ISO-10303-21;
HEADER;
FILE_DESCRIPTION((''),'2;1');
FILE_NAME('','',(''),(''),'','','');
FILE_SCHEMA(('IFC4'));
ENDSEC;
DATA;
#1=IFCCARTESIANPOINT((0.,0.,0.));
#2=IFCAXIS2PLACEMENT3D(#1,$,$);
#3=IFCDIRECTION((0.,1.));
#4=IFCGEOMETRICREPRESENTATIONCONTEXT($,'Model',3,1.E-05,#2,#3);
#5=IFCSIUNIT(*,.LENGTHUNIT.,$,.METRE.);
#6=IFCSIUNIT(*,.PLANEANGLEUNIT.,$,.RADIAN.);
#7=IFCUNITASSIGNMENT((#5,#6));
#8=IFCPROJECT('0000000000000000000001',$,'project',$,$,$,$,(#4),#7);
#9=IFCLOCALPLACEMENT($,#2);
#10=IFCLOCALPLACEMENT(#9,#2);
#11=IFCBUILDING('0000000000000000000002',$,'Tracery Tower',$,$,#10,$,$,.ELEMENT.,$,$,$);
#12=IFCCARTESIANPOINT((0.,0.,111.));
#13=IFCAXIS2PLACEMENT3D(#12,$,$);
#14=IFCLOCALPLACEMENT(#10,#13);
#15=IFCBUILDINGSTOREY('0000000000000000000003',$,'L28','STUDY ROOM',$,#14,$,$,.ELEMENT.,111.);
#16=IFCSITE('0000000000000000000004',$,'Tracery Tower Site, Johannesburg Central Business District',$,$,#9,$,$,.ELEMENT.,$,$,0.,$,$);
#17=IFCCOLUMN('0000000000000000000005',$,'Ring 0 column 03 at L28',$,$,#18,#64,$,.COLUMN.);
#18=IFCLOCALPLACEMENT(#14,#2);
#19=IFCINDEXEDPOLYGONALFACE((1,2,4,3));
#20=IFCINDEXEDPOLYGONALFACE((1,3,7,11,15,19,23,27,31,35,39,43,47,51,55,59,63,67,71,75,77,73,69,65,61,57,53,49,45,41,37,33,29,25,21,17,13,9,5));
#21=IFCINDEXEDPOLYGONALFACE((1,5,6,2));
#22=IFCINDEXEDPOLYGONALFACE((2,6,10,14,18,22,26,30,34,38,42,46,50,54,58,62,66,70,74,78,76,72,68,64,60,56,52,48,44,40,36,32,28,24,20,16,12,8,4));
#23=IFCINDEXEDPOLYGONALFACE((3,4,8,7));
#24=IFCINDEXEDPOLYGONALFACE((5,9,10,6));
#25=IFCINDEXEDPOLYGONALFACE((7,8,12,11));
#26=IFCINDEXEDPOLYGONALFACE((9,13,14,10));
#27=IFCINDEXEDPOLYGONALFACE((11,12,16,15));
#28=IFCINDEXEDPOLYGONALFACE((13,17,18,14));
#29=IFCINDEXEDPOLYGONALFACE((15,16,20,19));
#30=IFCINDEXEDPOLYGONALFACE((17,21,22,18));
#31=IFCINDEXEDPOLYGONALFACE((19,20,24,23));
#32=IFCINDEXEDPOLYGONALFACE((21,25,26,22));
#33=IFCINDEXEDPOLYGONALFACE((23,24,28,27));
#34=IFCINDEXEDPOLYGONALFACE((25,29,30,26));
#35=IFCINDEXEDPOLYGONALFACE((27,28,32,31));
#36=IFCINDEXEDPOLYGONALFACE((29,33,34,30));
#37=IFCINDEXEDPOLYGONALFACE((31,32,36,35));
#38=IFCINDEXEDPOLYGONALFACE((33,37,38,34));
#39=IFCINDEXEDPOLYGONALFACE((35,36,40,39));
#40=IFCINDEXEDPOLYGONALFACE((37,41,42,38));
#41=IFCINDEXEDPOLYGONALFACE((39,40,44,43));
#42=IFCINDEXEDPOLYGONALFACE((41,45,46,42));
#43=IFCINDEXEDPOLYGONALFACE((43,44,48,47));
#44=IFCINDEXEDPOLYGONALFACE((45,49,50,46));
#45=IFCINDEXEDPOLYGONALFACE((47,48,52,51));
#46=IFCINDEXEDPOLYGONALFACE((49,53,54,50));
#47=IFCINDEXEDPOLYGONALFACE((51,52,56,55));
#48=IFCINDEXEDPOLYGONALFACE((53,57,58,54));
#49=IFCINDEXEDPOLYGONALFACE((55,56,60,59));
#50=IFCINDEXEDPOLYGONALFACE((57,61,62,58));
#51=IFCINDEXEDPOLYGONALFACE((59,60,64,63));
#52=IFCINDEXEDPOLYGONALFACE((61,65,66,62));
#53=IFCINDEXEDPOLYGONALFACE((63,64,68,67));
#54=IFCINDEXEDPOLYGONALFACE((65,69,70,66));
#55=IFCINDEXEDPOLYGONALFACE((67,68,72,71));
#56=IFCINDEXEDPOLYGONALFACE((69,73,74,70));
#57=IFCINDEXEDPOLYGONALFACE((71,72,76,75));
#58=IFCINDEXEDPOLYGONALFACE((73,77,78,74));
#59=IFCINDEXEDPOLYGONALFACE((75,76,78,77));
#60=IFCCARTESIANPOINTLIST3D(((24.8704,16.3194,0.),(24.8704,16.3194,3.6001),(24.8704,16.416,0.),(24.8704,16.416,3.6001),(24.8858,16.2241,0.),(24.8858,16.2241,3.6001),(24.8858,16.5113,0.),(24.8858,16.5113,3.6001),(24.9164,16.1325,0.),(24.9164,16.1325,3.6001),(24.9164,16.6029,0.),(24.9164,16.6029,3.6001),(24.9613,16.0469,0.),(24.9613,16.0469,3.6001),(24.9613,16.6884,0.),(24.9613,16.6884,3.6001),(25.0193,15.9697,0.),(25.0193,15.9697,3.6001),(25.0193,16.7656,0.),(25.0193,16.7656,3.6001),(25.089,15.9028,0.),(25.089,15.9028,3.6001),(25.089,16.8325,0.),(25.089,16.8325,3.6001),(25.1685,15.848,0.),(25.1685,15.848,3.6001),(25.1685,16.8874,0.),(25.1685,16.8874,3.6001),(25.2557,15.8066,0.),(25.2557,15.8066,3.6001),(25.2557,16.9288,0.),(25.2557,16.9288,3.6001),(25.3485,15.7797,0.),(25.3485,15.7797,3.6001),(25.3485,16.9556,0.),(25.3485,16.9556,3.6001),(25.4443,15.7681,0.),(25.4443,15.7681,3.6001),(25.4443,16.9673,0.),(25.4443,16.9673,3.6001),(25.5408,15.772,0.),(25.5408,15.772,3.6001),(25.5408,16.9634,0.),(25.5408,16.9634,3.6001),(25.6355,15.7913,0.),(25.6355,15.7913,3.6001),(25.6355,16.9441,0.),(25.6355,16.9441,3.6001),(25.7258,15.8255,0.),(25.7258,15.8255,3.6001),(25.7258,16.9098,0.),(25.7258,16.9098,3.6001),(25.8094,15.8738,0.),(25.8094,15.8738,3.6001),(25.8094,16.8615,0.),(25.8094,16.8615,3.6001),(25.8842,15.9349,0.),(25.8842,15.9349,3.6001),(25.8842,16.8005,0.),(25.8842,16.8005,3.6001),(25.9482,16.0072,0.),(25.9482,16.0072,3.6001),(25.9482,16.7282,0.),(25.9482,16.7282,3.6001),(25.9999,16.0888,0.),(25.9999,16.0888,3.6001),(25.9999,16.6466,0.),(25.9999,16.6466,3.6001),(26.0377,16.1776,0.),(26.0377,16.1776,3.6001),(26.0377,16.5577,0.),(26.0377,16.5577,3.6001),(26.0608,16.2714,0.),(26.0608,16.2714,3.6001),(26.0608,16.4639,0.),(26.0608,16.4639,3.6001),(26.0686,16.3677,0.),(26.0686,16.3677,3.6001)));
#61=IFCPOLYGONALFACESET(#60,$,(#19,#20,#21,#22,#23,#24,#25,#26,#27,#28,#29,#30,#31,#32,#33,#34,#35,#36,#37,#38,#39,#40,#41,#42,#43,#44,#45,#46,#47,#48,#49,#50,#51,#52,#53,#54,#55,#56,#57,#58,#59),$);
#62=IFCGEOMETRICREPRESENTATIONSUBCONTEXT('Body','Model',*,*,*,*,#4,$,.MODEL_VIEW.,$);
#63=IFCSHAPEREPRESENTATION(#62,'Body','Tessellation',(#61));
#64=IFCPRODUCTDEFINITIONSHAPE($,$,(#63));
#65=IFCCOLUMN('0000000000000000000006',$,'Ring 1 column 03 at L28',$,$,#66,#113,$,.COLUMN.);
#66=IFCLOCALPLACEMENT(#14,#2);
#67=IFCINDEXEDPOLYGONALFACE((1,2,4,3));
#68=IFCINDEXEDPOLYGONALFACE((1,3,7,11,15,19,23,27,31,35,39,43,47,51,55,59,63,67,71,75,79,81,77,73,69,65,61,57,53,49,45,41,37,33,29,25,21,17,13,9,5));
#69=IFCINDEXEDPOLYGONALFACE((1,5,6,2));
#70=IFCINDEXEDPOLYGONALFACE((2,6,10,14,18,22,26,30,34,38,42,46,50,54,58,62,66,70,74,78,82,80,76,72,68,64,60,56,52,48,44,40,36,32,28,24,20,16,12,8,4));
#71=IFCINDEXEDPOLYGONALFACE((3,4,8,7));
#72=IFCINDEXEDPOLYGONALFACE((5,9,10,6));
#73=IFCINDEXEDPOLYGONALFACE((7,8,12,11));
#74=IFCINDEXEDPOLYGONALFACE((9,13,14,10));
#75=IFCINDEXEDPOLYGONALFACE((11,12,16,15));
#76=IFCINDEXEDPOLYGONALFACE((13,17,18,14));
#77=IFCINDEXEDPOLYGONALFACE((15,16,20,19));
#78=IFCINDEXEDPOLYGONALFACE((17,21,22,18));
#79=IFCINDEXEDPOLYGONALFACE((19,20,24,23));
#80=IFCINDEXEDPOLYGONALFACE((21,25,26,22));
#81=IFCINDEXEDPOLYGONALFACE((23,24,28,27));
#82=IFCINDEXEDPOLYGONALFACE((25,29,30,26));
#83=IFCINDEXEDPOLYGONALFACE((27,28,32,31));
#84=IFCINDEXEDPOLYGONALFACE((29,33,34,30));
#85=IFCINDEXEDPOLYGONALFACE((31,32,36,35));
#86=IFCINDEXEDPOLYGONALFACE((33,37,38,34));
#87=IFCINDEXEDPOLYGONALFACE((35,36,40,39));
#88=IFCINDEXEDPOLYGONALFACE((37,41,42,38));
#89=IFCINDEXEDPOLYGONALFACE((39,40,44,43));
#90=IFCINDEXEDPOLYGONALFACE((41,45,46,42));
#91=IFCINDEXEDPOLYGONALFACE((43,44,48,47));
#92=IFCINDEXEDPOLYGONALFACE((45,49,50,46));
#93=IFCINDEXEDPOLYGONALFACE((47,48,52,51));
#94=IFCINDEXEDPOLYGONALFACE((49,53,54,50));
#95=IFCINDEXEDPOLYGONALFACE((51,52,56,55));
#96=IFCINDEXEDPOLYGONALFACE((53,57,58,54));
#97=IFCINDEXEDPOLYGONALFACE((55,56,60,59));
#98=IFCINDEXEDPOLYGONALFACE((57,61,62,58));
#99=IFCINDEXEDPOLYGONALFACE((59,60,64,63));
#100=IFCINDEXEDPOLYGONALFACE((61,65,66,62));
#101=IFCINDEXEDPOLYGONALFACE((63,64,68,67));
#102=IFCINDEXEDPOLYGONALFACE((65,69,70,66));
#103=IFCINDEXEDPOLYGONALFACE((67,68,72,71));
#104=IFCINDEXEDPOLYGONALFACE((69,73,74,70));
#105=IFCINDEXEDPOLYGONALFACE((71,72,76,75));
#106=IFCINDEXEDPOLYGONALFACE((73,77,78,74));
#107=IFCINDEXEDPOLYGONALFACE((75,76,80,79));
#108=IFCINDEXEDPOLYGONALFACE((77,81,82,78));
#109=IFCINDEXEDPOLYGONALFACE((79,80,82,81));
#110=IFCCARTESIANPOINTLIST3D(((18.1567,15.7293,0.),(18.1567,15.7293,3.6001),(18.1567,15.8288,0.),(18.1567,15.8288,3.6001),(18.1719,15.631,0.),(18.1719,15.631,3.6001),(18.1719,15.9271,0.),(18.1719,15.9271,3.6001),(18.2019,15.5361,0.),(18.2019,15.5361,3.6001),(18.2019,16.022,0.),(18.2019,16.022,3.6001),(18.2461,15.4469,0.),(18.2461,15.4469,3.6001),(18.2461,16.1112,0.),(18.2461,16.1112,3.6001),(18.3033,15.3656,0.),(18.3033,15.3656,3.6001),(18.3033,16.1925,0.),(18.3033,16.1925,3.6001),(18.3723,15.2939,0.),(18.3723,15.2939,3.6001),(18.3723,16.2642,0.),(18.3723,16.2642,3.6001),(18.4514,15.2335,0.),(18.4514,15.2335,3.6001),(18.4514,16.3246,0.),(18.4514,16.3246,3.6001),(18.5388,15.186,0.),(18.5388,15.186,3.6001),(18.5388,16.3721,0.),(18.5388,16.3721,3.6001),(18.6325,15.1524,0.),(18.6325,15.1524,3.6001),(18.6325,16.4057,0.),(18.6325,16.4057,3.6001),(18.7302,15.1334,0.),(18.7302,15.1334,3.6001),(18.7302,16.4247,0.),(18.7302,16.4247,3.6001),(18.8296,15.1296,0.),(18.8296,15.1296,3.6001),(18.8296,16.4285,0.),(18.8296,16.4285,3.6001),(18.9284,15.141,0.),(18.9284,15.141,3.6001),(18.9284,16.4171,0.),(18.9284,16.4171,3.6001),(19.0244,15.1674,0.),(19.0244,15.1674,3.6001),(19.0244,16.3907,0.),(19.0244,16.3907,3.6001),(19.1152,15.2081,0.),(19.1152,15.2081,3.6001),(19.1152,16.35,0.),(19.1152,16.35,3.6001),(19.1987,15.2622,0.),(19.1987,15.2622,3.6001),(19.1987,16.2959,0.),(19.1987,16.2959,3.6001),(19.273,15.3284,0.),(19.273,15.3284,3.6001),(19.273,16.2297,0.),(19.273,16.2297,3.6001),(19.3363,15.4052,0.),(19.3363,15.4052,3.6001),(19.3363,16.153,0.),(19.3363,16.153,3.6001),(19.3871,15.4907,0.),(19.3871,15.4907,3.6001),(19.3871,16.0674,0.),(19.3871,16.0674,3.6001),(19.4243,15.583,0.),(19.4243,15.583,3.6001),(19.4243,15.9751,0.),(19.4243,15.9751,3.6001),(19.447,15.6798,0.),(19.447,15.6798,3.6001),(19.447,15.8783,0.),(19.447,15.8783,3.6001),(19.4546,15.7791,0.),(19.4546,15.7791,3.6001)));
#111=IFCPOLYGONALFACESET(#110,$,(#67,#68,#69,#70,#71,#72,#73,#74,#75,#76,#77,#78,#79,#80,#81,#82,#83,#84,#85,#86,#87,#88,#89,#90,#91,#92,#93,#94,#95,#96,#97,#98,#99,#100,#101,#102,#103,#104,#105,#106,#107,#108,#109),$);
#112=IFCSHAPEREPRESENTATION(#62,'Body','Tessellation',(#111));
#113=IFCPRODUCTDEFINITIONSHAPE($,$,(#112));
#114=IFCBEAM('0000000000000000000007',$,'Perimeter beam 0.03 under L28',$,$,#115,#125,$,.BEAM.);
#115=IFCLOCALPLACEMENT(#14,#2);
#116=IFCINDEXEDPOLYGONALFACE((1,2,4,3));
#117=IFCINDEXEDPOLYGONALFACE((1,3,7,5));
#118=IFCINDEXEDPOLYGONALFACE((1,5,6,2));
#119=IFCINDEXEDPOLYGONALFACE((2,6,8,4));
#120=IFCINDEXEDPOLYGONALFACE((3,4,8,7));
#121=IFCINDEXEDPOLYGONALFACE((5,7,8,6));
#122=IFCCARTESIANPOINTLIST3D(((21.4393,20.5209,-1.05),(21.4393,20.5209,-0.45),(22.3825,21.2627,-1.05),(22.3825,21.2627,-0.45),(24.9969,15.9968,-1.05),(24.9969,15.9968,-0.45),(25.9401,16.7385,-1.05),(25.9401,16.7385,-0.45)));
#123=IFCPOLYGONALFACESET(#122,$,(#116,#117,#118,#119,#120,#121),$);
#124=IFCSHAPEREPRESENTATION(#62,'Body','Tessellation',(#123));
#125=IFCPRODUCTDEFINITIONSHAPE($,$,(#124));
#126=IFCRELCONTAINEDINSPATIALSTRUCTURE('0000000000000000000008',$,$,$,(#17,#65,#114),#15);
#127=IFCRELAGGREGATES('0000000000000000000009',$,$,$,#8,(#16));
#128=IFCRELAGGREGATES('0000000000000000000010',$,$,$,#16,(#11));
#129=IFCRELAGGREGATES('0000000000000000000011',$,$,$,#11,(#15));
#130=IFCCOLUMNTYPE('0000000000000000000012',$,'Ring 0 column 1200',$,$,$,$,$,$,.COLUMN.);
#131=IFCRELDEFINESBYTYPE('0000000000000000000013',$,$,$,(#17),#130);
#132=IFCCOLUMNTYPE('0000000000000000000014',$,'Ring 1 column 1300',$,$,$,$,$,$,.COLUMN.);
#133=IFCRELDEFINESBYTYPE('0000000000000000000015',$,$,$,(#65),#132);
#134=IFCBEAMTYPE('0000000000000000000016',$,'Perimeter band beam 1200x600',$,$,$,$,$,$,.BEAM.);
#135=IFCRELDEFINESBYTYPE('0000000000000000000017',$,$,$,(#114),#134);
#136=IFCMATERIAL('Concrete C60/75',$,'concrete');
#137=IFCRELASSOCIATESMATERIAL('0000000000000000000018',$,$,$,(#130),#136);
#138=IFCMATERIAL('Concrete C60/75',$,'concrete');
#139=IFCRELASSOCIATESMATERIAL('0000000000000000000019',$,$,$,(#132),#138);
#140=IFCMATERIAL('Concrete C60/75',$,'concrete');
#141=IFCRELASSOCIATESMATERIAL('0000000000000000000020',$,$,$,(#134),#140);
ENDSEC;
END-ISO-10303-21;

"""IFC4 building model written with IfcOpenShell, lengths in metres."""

from ifc_helpers import new_model, si_unit, direction, frame, origin, origin_2d, place, context, subcontext, project, spatial, rectangle, circle, extrude, material, material_profile, profile_set, type_object, element, save


model = new_model("IFC4")

# Units and contexts
model_context = context("Model", 3, precision=1e-05, world=origin(), true_north=direction((0.0, 1.0)))
body_context = subcontext(model_context, "Body", "Model", "MODEL_VIEW")
ifc_project = project(units=[si_unit("LENGTHUNIT", "METRE"), si_unit("PLANEANGLEUNIT", "RADIAN")], contexts=[model_context])

# Site, building, storey
site_placement = place(None, origin())
site = spatial("IfcSite", under=ifc_project, at=site_placement, Name="Tracery Tower Site, Johannesburg Central Business District", CompositionType="ELEMENT", RefElevation=0.0)
building_placement = place(site_placement, origin())
building = spatial("IfcBuilding", under=site, at=building_placement, Name="Tracery Tower", CompositionType="ELEMENT")
storey_placement = place(building_placement, frame((0.0, 0.0, 111.0)))
storey = spatial("IfcBuildingStorey", under=building, at=storey_placement, Name="L28", Description="STUDY ROOM", CompositionType="ELEMENT", Elevation=111.0)

# Columns
ifc_material_1 = material(Name="Concrete C60/75", Category="concrete")
ifc_material_profile_1 = material_profile(ifc_material_1, circle(Radius=0.6001, at=origin_2d()), Name="RC D1200")
ifc_profile_set_1 = profile_set([ifc_material_profile_1], Name="Concrete C60/75")
column_type_1 = type_object("IfcColumnType", Name="Ring 0 column 1200", PredefinedType="COLUMN", material=ifc_profile_set_1)
column_1_placement = place(storey_placement, frame((25.4685, 16.3677, 0.0), z_axis=(0.0, 0.0, 1.0), x_axis=(1.0, 0.0, 0.0)))
element("IfcColumn", 1, at=column_1_placement, inside=storey, type_object=column_type_1, Name="Ring 0 column 03 at L28", PredefinedType="COLUMN", context=body_context, shape_type="SweptSolid", body=[
    extrude(circle(Radius=0.6001, at=origin_2d()), origin(), (0.0, 0.0, 1.0), 3.6001),
])
ifc_material_2 = material(Name="Concrete C60/75", Category="concrete")
ifc_material_profile_2 = material_profile(ifc_material_2, circle(Radius=0.6499, at=origin_2d()), Name="RC D1300")
ifc_profile_set_2 = profile_set([ifc_material_profile_2], Name="Concrete C60/75")
column_type_2 = type_object("IfcColumnType", Name="Ring 1 column 1300", PredefinedType="COLUMN", material=ifc_profile_set_2)
column_2_placement = place(storey_placement, frame((18.8047, 15.7791, 0.0), z_axis=(0.0, 0.0, 1.0), x_axis=(1.0, 0.0, 0.0)))
element("IfcColumn", 2, at=column_2_placement, inside=storey, type_object=column_type_2, Name="Ring 1 column 03 at L28", PredefinedType="COLUMN", context=body_context, shape_type="SweptSolid", body=[
    extrude(circle(Radius=0.6499, at=origin_2d()), origin(), (0.0, 0.0, 1.0), 3.6001),
])

# Beam
ifc_material_3 = material(Name="Concrete C60/75", Category="concrete")
ifc_material_profile_3 = material_profile(ifc_material_3, rectangle(XDim=1.2, YDim=0.6001, at=origin_2d()), Name="RC 1200x600")
ifc_profile_set_3 = profile_set([ifc_material_profile_3], Name="Concrete C60/75")
beam_type = type_object("IfcBeamType", Name="Perimeter band beam 1200x600", PredefinedType="BEAM", material=ifc_profile_set_3)
beam_placement = place(storey_placement, frame((25.4685, 16.3677, -0.75), z_axis=(-0.618134, 0.786072, 0.0), x_axis=(-0.786072, -0.618134, 0.0)))
element("IfcBeam", 3, at=beam_placement, inside=storey, type_object=beam_type, Name="Perimeter beam 0.03 under L28", PredefinedType="BEAM", context=body_context, shape_type="SweptSolid", body=[
    extrude(rectangle(XDim=1.2, YDim=0.6001, at=origin_2d()), origin(), (0.0, 0.0, 1.0), 5.7554),
])

save(model, "model.ifc")
